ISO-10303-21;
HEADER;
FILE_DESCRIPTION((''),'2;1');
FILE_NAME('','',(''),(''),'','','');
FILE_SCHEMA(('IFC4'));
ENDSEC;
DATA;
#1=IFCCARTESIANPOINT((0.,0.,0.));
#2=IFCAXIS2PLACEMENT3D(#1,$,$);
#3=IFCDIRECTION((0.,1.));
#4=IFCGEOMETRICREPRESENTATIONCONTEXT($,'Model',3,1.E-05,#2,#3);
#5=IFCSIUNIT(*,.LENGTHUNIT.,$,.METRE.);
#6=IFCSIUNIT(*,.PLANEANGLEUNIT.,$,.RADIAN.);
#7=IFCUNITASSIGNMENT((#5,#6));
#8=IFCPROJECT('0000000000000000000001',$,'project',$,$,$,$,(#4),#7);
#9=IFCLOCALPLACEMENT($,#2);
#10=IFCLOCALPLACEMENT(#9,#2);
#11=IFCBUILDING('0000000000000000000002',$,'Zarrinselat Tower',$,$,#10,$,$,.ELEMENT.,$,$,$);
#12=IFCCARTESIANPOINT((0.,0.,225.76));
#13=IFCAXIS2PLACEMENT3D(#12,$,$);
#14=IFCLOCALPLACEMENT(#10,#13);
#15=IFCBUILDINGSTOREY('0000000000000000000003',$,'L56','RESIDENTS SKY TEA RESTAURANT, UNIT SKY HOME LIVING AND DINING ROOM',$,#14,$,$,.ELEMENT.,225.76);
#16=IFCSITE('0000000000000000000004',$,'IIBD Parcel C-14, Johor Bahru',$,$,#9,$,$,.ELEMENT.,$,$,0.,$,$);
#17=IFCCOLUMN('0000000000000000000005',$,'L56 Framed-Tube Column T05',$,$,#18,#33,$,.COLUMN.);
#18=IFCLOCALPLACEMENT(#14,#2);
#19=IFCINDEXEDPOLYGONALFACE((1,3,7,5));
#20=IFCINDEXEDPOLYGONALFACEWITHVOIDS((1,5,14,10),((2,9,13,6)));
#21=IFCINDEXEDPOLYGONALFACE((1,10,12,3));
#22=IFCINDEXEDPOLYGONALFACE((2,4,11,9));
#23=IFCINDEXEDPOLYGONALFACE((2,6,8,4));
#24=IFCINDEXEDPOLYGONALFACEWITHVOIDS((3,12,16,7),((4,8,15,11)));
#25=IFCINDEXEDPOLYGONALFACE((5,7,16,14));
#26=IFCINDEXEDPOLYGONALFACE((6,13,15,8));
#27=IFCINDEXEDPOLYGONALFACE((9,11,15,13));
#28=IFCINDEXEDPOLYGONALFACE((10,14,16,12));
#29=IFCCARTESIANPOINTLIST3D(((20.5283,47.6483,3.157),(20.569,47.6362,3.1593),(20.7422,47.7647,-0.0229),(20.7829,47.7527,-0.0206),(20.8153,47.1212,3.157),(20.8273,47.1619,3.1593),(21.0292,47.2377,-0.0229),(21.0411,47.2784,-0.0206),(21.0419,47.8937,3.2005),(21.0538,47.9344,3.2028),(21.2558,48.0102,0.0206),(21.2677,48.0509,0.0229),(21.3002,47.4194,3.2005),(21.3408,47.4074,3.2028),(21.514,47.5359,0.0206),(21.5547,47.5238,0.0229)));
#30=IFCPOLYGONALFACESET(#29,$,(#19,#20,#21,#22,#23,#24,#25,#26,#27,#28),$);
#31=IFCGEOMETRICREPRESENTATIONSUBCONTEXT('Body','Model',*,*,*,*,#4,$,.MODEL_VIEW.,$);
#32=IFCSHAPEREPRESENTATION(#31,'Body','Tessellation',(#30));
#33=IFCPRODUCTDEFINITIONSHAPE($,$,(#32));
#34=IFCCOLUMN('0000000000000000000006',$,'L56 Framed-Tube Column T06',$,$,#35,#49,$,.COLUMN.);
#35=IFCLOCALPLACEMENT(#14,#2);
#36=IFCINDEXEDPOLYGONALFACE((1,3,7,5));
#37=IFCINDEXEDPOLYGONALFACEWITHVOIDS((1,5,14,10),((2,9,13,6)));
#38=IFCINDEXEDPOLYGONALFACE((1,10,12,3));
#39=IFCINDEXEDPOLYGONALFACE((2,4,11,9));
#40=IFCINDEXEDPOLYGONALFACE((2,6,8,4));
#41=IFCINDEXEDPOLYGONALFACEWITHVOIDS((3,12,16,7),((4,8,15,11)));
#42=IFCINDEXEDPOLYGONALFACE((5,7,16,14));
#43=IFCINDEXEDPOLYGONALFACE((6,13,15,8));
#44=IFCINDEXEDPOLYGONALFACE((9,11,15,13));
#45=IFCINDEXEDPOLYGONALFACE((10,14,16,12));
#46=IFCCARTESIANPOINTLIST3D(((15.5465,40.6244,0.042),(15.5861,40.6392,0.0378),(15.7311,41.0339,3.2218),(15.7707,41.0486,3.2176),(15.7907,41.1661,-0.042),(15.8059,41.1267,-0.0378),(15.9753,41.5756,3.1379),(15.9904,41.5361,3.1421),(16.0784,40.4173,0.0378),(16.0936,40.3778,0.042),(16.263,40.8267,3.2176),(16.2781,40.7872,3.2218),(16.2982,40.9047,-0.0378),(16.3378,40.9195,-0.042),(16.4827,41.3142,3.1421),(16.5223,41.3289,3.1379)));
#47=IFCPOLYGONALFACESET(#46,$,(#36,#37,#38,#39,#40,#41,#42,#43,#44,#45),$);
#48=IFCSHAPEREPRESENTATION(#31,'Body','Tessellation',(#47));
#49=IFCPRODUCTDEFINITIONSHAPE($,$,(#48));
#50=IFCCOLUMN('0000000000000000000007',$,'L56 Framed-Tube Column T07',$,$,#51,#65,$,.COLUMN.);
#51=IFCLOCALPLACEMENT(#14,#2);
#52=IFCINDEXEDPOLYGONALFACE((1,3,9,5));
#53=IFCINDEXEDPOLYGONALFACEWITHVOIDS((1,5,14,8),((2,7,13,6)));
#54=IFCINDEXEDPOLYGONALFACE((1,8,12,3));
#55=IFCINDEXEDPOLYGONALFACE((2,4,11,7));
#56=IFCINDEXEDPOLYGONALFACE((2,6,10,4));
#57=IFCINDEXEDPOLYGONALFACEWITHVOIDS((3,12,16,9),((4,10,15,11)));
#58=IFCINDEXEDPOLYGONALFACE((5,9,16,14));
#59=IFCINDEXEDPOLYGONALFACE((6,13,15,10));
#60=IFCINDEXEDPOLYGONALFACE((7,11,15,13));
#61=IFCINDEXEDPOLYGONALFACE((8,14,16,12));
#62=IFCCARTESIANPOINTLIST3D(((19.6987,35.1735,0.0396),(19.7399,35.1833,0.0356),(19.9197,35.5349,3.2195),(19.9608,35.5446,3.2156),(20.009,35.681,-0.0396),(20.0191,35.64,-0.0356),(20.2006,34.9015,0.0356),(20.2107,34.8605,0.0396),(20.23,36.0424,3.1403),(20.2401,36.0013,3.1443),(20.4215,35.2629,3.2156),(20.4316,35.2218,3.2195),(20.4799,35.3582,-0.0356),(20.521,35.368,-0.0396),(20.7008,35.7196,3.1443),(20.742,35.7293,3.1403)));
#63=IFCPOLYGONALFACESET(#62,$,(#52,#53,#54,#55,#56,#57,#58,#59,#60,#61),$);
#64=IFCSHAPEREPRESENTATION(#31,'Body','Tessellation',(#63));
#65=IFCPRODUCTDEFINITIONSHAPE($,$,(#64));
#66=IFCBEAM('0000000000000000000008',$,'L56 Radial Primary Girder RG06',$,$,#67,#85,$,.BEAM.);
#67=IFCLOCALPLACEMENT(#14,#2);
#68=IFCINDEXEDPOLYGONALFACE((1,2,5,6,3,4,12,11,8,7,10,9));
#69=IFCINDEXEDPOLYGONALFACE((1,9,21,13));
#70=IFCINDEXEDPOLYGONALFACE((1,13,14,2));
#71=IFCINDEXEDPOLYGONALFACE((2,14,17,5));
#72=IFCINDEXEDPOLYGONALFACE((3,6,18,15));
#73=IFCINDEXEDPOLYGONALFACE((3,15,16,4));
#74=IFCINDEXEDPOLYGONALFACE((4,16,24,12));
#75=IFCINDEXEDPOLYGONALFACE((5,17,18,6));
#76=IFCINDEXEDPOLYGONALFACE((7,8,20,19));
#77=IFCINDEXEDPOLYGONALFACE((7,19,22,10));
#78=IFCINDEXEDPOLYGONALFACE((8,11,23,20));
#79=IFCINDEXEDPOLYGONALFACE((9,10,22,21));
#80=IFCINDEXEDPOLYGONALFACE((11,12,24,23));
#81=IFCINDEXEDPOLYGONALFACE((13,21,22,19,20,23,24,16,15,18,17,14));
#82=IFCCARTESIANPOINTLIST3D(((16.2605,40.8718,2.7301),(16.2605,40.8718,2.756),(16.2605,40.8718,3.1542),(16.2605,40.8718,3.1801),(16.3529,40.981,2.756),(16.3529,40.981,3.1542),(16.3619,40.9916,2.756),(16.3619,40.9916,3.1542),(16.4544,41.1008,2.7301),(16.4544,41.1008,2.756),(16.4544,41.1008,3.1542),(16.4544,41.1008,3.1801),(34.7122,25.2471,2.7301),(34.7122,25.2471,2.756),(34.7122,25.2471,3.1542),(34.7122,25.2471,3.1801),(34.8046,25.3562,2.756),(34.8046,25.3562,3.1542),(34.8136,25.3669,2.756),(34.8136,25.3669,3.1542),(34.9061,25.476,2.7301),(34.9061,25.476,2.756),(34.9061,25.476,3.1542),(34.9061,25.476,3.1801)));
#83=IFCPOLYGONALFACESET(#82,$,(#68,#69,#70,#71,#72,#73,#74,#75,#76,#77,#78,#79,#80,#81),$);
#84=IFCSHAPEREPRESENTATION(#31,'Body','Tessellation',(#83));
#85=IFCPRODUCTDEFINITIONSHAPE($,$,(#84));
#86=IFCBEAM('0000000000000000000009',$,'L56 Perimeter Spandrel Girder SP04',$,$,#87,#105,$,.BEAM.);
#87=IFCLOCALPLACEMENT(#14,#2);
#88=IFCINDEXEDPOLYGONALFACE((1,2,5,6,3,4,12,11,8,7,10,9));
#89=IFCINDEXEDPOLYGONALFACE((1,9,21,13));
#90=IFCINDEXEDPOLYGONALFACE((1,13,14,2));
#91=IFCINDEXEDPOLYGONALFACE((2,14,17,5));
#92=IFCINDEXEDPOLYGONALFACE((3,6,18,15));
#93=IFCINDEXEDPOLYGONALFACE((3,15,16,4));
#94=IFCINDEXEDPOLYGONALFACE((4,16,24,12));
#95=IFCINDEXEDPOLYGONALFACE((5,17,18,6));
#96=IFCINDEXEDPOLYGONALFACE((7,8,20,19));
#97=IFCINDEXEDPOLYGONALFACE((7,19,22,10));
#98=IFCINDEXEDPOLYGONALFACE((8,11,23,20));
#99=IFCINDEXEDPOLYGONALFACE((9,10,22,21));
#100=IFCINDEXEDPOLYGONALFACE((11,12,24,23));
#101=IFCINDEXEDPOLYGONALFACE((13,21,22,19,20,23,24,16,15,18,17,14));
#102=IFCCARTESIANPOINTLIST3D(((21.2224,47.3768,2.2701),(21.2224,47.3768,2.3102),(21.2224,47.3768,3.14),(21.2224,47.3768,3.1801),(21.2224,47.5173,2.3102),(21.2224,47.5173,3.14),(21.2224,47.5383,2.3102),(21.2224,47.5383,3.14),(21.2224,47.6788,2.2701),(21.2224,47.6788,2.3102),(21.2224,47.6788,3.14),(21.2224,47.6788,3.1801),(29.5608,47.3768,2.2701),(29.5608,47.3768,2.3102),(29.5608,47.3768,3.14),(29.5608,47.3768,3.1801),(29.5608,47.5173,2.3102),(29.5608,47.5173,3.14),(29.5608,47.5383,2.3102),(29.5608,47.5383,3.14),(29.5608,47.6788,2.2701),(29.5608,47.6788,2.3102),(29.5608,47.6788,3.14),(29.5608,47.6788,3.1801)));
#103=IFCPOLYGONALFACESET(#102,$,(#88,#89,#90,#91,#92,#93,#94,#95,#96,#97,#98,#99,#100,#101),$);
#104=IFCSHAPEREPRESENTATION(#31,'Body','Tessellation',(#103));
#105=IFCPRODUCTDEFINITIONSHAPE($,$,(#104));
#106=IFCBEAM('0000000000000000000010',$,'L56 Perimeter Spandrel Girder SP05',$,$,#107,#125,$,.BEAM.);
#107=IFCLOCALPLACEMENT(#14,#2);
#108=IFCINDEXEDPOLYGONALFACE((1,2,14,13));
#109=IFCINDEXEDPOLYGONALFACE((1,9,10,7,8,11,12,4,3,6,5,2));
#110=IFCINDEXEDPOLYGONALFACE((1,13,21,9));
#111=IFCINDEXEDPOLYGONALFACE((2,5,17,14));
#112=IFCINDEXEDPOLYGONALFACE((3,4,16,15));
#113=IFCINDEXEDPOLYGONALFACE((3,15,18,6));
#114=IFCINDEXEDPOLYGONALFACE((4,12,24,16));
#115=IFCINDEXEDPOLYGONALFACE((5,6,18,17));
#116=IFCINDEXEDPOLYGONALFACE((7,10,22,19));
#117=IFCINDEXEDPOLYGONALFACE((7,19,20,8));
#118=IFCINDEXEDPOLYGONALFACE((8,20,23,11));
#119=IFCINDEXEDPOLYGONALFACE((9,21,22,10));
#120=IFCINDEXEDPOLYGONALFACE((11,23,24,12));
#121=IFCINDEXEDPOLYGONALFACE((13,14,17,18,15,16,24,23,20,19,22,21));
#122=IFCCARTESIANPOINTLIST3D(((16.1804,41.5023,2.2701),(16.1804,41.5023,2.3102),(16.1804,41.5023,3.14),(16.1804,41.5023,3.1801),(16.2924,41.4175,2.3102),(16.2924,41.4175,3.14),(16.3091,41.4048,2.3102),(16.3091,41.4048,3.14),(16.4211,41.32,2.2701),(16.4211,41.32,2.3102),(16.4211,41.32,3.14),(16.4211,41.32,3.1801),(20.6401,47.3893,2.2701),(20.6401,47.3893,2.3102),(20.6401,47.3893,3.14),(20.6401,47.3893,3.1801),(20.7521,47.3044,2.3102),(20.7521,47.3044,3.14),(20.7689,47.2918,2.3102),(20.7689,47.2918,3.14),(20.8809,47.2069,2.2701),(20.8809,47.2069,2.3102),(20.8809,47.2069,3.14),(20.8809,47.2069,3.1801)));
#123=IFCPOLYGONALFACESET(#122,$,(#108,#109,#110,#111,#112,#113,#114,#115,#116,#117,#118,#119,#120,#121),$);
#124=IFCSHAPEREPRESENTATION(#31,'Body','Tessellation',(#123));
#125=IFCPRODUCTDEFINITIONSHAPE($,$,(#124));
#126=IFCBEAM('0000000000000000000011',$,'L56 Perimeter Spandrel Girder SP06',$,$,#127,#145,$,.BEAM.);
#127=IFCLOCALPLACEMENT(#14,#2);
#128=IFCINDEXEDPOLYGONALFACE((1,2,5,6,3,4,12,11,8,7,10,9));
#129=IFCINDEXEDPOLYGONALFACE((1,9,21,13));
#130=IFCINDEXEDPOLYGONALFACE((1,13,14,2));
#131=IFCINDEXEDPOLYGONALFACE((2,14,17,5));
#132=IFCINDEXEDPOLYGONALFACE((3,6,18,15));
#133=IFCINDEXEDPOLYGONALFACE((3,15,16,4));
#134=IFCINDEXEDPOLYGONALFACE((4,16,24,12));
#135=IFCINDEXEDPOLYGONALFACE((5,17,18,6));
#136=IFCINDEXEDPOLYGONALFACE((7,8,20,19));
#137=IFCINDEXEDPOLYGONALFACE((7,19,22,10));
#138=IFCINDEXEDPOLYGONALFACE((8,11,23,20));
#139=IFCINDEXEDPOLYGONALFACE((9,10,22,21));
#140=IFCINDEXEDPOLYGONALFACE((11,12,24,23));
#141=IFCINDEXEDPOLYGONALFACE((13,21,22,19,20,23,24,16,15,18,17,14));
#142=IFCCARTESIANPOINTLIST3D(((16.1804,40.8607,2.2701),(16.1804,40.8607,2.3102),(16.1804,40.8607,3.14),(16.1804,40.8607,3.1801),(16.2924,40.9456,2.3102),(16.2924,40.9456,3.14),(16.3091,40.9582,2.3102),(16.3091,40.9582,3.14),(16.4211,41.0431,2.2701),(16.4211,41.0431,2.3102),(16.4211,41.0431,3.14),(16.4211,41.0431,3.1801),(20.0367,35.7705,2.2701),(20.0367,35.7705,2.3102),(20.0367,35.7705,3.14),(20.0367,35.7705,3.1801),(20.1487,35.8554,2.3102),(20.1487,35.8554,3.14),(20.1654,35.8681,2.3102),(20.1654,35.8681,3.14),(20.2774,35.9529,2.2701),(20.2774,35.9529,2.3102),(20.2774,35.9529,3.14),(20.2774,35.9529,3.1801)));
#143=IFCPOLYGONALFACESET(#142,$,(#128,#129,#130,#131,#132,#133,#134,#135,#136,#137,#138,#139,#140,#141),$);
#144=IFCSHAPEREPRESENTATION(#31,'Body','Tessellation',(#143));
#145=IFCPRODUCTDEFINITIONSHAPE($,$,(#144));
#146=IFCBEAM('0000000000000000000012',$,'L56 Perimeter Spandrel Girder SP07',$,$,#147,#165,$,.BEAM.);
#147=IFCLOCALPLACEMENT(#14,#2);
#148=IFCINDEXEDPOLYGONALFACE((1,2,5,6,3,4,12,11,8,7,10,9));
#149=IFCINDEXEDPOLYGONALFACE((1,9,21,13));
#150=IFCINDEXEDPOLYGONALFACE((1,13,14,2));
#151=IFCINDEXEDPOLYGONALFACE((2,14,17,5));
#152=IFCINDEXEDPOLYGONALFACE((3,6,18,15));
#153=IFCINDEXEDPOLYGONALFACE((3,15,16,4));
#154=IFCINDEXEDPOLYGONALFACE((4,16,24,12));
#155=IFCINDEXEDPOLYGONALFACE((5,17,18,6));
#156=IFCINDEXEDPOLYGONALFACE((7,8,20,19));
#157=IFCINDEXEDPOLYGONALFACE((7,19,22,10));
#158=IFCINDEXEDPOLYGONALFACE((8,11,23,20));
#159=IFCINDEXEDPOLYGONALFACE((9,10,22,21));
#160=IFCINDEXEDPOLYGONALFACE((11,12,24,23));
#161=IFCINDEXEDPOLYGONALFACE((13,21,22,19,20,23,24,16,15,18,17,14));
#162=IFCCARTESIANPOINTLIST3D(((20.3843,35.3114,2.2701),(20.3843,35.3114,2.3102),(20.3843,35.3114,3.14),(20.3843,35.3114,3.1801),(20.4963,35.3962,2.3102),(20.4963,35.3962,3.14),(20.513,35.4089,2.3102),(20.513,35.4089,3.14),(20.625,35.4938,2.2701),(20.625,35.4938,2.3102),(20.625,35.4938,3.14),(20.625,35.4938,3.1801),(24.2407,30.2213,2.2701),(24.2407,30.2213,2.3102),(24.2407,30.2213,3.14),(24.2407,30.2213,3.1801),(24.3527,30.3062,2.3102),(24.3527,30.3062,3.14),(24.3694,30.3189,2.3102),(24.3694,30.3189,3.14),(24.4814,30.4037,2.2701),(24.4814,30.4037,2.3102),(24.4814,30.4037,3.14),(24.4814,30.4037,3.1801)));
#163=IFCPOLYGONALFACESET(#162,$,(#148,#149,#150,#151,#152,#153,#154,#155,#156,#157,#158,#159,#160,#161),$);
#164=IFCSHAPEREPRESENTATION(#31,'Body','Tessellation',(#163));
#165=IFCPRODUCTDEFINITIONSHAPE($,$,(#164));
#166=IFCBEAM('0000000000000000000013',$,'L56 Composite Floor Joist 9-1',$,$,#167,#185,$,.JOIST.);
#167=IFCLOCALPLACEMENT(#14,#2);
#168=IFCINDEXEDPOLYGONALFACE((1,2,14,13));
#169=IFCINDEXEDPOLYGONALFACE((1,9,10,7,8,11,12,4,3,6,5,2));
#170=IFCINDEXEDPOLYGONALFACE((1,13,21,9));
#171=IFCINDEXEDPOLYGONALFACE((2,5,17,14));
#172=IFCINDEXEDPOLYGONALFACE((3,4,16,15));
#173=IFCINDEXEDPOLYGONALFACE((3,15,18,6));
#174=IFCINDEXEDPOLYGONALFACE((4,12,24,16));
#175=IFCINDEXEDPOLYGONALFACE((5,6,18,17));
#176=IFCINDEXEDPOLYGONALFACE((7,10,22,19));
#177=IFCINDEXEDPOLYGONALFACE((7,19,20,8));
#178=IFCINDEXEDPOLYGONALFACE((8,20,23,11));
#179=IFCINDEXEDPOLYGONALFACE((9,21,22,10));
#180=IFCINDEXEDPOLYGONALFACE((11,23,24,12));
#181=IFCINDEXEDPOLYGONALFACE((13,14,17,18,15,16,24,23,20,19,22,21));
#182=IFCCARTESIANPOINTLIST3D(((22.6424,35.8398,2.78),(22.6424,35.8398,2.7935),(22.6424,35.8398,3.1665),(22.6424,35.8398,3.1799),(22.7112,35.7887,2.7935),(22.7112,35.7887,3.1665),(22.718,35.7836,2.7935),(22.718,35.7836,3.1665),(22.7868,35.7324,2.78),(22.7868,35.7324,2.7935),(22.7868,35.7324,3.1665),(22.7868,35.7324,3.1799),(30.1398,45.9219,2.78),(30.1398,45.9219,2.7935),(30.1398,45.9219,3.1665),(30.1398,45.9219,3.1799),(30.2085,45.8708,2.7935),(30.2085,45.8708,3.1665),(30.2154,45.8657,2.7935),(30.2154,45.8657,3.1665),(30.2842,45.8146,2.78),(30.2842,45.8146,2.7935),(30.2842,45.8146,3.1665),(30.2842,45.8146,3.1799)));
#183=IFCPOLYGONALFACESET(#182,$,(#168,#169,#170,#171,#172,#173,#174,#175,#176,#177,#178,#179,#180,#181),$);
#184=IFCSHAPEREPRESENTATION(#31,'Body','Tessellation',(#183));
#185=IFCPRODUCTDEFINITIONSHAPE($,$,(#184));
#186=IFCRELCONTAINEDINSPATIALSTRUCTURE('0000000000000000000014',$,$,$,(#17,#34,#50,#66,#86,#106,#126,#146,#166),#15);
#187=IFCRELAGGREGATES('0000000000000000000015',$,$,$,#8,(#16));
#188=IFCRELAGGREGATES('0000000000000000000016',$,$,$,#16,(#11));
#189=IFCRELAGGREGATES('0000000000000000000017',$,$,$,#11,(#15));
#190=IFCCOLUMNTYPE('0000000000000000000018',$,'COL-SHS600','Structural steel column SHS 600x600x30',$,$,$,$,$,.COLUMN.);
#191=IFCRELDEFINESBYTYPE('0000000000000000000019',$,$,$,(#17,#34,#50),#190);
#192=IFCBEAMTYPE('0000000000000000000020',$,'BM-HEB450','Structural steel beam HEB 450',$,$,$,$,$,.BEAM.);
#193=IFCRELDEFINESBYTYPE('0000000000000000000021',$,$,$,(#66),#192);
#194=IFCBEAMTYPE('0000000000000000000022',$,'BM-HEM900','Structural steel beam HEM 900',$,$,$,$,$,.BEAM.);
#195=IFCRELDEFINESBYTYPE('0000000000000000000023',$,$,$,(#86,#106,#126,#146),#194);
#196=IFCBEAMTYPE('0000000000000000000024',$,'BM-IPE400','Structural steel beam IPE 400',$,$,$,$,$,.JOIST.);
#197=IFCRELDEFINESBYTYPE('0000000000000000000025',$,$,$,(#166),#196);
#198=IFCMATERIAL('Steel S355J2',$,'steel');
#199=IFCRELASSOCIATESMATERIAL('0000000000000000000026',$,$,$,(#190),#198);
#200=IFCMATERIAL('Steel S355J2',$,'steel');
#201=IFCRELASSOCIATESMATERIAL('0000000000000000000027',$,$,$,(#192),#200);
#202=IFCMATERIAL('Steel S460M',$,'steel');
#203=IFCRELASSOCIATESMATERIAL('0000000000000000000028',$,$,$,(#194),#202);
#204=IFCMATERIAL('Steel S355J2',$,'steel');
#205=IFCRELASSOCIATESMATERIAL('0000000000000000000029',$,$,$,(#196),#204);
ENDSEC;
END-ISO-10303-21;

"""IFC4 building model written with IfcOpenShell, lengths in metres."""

from ifc_helpers import new_model, si_unit, direction, frame, origin, origin_2d, place, context, subcontext, project, spatial, hollow_rectangle, i_section, extrude, material, material_profile, profile_set, type_object, element, save


model = new_model("IFC4")

# Units and contexts
model_context = context("Model", 3, precision=1e-05, world=origin(), true_north=direction((0.0, 1.0)))
body_context = subcontext(model_context, "Body", "Model", "MODEL_VIEW")
ifc_project = project(units=[si_unit("LENGTHUNIT", "METRE"), si_unit("PLANEANGLEUNIT", "RADIAN")], contexts=[model_context])

# Site, building, storey
site_placement = place(None, origin())
site = spatial("IfcSite", under=ifc_project, at=site_placement, Name="IIBD Parcel C-14, Johor Bahru", CompositionType="ELEMENT", RefElevation=0.0)
building_placement = place(site_placement, origin())
building = spatial("IfcBuilding", under=site, at=building_placement, Name="Zarrinselat Tower", CompositionType="ELEMENT")
storey_placement = place(building_placement, frame((0.0, 0.0, 225.76)))
storey = spatial("IfcBuildingStorey", under=building, at=storey_placement, Name="L56", Description="RESIDENTS SKY TEA RESTAURANT, UNIT SKY HOME LIVING AND DINING ROOM", CompositionType="ELEMENT", Elevation=225.76)

# Columns
ifc_material_1 = material(Name="Steel S355J2", Category="steel")
ifc_material_profile_1 = material_profile(ifc_material_1, hollow_rectangle(XDim=0.6001, YDim=0.6001, WallThickness=0.03, at=origin_2d()), Name="SHS 600x600x30")
ifc_profile_set_1 = profile_set([ifc_material_profile_1], Name="Steel S355J2")
column_type = type_object("IfcColumnType", Name="COL-SHS600", Description="Structural steel column SHS 600x600x30", PredefinedType="COLUMN", material=ifc_profile_set_1)
column_1_placement = place(storey_placement, frame((21.1484, 47.6443, 0.0), z_axis=(-0.067059, -0.036515, 0.997081), x_axis=(0.47822, -0.87824, 0.0)))
element("IfcColumn", 1, at=column_1_placement, inside=storey, type_object=column_type, Name="L56 Framed-Tube Column T05", PredefinedType="COLUMN", context=body_context, shape_type="SweptSolid", body=[
    extrude(hollow_rectangle(XDim=0.6001, YDim=0.6001, WallThickness=0.03, at=origin_2d()), origin(), (0.0, 0.0, 1.0), 3.1892),
])
column_2_placement = place(storey_placement, frame((15.9421, 40.772, 0.0), z_axis=(0.057472, 0.127487, 0.990174), x_axis=(-0.911647, 0.410975, 0.0)))
element("IfcColumn", 2, at=column_2_placement, inside=storey, type_object=column_type, Name="L56 Framed-Tube Column T06", PredefinedType="COLUMN", context=body_context, shape_type="SweptSolid", body=[
    extrude(hollow_rectangle(XDim=0.6001, YDim=0.6001, WallThickness=0.03, at=origin_2d()), origin(), (0.0, 0.0, 1.0), 3.2114),
])
column_3_placement = place(storey_placement, frame((20.1099, 35.2708, 0.0), z_axis=(0.068874, 0.112633, 0.991247), x_axis=(-0.853139, 0.521683, 0.0)))
element("IfcColumn", 3, at=column_3_placement, inside=storey, type_object=column_type, Name="L56 Framed-Tube Column T07", PredefinedType="COLUMN", context=body_context, shape_type="SweptSolid", body=[
    extrude(hollow_rectangle(XDim=0.6001, YDim=0.6001, WallThickness=0.03, at=origin_2d()), origin(), (0.0, 0.0, 1.0), 3.208),
])

# Beams
ifc_material_2 = material(Name="Steel S355J2", Category="steel")
ifc_material_profile_2 = material_profile(ifc_material_2, i_section(OverallWidth=0.3, OverallDepth=0.45, WebThickness=0.0139, FlangeThickness=0.0259, at=origin_2d()), Name="HEB 450")
ifc_profile_set_2 = profile_set([ifc_material_profile_2], Name="Steel S355J2")
beam_type_1 = type_object("IfcBeamType", Name="BM-HEB450", Description="Structural steel beam HEB 450", PredefinedType="BEAM", material=ifc_profile_set_2)
beam_1_placement = place(storey_placement, frame((16.3574, 40.9863, 2.9551), z_axis=(0.763145, -0.646227, 0.0), x_axis=(0.646227, 0.763145, 0.0)))
element("IfcBeam", 4, at=beam_1_placement, inside=storey, type_object=beam_type_1, Name="L56 Radial Primary Girder RG06", PredefinedType="BEAM", context=body_context, shape_type="SweptSolid", body=[
    extrude(i_section(OverallWidth=0.3, OverallDepth=0.45, WebThickness=0.0139, FlangeThickness=0.0259, at=origin_2d()), origin(), (0.0, 0.0, 1.0), 24.1785),
])
ifc_material_3 = material(Name="Steel S460M", Category="steel")
ifc_material_profile_3 = material_profile(ifc_material_3, i_section(OverallWidth=0.302, OverallDepth=0.9099, WebThickness=0.021, FlangeThickness=0.04, at=origin_2d()), Name="HEM 900")
ifc_profile_set_3 = profile_set([ifc_material_profile_3], Name="Steel S460M")
beam_type_2 = type_object("IfcBeamType", Name="BM-HEM900", Description="Structural steel beam HEM 900", PredefinedType="BEAM", material=ifc_profile_set_3)
beam_2_placement = place(storey_placement, frame((21.2224, 47.5278, 2.7251), z_axis=(1.0, 0.0, 0.0), x_axis=(0.0, 1.0, 0.0)))
element("IfcBeam", 5, at=beam_2_placement, inside=storey, type_object=beam_type_2, Name="L56 Perimeter Spandrel Girder SP04", PredefinedType="BEAM", context=body_context, shape_type="SweptSolid", body=[
    extrude(i_section(OverallWidth=0.302, OverallDepth=0.9099, WebThickness=0.021, FlangeThickness=0.04, at=origin_2d()), origin(), (0.0, 0.0, 1.0), 8.3384),
])
beam_3_placement = place(storey_placement, frame((16.3008, 41.4111, 2.7251), z_axis=(0.603849, 0.797099, 0.0), x_axis=(-0.797099, 0.603849, 0.0)))
element("IfcBeam", 6, at=beam_3_placement, inside=storey, type_object=beam_type_2, Name="L56 Perimeter Spandrel Girder SP05", PredefinedType="BEAM", context=body_context, shape_type="SweptSolid", body=[
    extrude(i_section(OverallWidth=0.302, OverallDepth=0.9099, WebThickness=0.021, FlangeThickness=0.04, at=origin_2d()), origin(), (0.0, 0.0, 1.0), 7.3855),
])
for number, where, z_axis, x_axis, name in (
    (7, (16.3008, 40.9519, 2.7251), (0.603865, -0.797087, 0.0), (0.797087, 0.603865, 0.0), "L56 Perimeter Spandrel Girder SP06"),
    (8, (20.5046, 35.4026, 2.7251), (0.603889, -0.797068, 0.0), (0.797068, 0.603889, 0.0), "L56 Perimeter Spandrel Girder SP07"),
):
    element("IfcBeam", number, at=place(storey_placement, frame(where, z_axis=z_axis, x_axis=x_axis)), inside=storey, type_object=beam_type_2, Name=name, PredefinedType="BEAM", context=body_context, shape_type="SweptSolid", body=[
        extrude(i_section(OverallWidth=0.302, OverallDepth=0.9099, WebThickness=0.021, FlangeThickness=0.04, at=origin_2d()), origin(), (0.0, 0.0, 1.0), 6.386),
    ])
ifc_material_4 = material(Name="Steel S355J2", Category="steel")
ifc_material_profile_4 = material_profile(ifc_material_4, i_section(OverallWidth=0.1799, OverallDepth=0.3999, WebThickness=0.0085, FlangeThickness=0.0134, at=origin_2d()), Name="IPE 400")
ifc_profile_set_4 = profile_set([ifc_material_profile_4], Name="Steel S355J2")
beam_type_3 = type_object("IfcBeamType", Name="BM-IPE400", Description="Structural steel beam IPE 400", PredefinedType="JOIST", material=ifc_profile_set_4)
beam_4_placement = place(storey_placement, frame((22.7146, 35.7861, 2.98), z_axis=(0.596724, 0.802446, 0.0), x_axis=(-0.802446, 0.596724, 0.0)))
element("IfcBeam", 9, at=beam_4_placement, inside=storey, type_object=beam_type_3, Name="L56 Composite Floor Joist 9-1", PredefinedType="JOIST", context=body_context, shape_type="SweptSolid", body=[
    extrude(i_section(OverallWidth=0.1799, OverallDepth=0.3999, WebThickness=0.0085, FlangeThickness=0.0134, at=origin_2d()), origin(), (0.0, 0.0, 1.0), 12.5642),
])

save(model, "model.ifc")
